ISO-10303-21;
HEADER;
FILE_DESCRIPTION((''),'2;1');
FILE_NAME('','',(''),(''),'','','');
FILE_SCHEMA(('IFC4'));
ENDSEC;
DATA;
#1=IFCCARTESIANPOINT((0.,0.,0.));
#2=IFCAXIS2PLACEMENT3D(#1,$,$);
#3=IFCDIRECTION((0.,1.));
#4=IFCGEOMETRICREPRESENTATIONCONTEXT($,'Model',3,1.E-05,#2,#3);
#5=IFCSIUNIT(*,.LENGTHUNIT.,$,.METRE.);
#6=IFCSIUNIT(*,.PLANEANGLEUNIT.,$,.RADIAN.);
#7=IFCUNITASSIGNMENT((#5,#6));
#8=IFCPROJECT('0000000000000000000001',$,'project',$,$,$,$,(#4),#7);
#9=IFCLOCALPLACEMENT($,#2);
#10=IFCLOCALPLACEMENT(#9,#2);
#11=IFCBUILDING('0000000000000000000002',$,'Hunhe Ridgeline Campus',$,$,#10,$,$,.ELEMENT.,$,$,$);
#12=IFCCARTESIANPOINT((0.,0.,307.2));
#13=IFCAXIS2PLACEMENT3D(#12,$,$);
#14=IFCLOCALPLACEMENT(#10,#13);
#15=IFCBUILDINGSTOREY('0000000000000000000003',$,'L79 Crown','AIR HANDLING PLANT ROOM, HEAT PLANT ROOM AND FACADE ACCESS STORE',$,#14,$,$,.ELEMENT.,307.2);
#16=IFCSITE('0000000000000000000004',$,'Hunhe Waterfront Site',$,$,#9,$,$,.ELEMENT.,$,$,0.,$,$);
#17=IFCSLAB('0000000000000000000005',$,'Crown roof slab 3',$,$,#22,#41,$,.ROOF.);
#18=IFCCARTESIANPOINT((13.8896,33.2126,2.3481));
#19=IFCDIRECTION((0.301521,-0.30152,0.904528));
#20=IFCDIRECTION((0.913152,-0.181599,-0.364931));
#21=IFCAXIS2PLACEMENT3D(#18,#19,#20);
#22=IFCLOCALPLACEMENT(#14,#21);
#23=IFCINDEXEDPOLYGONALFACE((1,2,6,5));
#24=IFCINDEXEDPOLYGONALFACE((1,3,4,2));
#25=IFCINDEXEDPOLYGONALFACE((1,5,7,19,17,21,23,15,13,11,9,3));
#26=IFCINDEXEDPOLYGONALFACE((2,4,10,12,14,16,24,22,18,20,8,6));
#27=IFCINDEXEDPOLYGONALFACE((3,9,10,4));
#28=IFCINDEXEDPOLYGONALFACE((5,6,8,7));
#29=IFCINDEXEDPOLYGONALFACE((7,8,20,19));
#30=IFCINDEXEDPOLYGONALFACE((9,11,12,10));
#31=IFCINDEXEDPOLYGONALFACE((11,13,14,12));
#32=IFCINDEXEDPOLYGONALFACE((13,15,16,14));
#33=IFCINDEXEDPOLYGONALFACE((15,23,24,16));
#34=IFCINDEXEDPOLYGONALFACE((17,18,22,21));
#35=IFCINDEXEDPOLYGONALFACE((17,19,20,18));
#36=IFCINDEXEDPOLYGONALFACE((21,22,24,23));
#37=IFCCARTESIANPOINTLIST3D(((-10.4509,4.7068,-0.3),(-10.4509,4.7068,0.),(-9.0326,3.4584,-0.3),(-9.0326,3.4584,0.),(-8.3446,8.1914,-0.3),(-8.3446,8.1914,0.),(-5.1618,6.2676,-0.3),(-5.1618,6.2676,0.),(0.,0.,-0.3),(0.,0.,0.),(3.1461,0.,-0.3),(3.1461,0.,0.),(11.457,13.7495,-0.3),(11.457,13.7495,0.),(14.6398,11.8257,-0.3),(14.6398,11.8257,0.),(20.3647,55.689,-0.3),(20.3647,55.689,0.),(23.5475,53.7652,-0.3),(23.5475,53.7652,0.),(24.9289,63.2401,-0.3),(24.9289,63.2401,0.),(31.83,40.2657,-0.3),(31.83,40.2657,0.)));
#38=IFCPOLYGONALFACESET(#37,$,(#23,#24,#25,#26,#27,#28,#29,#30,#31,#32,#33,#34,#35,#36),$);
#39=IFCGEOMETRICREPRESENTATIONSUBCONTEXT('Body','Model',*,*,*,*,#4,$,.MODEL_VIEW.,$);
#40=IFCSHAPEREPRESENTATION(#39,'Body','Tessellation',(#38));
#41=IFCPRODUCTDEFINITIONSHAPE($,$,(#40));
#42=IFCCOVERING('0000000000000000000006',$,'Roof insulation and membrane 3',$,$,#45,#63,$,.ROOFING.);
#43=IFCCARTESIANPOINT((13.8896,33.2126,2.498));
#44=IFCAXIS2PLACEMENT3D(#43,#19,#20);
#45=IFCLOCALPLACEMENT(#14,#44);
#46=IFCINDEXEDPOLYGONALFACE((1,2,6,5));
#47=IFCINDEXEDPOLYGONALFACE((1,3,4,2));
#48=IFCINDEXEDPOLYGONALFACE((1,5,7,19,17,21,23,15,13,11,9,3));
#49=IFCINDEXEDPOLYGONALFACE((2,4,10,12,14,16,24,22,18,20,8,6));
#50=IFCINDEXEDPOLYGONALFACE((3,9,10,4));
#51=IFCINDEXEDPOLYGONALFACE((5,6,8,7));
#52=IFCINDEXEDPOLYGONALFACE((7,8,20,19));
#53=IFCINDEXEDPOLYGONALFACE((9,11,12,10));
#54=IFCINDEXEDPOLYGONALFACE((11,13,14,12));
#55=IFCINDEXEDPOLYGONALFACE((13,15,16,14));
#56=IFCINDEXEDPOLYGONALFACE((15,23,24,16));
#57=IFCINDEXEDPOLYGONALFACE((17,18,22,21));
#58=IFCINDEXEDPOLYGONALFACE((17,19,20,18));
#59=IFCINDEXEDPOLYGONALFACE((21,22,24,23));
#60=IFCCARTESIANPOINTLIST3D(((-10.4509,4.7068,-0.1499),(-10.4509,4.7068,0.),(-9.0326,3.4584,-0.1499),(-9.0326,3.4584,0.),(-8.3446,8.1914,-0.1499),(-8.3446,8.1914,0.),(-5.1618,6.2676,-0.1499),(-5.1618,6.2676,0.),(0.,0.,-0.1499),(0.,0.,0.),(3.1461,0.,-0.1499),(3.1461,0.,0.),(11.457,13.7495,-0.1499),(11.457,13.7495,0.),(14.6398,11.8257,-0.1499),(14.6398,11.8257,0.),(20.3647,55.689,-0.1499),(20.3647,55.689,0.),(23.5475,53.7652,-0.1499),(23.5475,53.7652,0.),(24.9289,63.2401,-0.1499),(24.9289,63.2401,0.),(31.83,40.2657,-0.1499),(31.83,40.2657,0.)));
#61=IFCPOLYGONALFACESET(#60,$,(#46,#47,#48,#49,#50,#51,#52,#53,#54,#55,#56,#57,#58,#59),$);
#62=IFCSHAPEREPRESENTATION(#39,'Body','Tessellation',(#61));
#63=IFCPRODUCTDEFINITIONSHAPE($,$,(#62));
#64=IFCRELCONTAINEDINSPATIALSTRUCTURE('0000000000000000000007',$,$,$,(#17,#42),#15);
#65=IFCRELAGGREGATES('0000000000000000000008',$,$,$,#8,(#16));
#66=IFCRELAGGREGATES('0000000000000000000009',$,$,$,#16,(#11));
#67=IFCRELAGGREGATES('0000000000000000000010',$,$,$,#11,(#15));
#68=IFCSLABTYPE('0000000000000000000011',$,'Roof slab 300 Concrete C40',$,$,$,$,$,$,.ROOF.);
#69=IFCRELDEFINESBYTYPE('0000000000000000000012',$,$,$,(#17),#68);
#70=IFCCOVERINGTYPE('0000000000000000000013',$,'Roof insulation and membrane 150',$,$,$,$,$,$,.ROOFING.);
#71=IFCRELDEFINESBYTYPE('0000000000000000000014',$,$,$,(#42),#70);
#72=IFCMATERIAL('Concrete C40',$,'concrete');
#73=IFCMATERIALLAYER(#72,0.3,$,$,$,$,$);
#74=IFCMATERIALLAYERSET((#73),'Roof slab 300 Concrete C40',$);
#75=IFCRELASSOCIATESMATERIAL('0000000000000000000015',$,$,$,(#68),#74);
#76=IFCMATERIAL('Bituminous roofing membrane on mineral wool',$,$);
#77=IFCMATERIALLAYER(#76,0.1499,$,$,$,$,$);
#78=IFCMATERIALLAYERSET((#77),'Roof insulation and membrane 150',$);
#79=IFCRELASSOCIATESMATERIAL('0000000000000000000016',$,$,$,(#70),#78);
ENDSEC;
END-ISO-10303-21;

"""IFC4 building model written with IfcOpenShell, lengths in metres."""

from ifc_helpers import new_model, si_unit, direction, frame, origin, place, context, subcontext, project, spatial, polyline, outline, extrude, material, layer, layer_set, type_object, element, save


model = new_model("IFC4")

# Units and contexts
model_context = context("Model", 3, precision=1e-05, world=origin(), true_north=direction((0.0, 1.0)))
body_context = subcontext(model_context, "Body", "Model", "MODEL_VIEW")
ifc_project = project(units=[si_unit("LENGTHUNIT", "METRE"), si_unit("PLANEANGLEUNIT", "RADIAN")], contexts=[model_context])

# Site, building, storey
site_placement = place(None, origin())
site = spatial("IfcSite", under=ifc_project, at=site_placement, Name="Hunhe Waterfront Site", CompositionType="ELEMENT", RefElevation=0.0)
building_placement = place(site_placement, origin())
building = spatial("IfcBuilding", under=site, at=building_placement, Name="Hunhe Ridgeline Campus", CompositionType="ELEMENT")
storey_placement = place(building_placement, frame((0.0, 0.0, 307.2)))
storey = spatial("IfcBuildingStorey", under=building, at=storey_placement, Name="L79 Crown", Description="AIR HANDLING PLANT ROOM, HEAT PLANT ROOM AND FACADE ACCESS STORE", CompositionType="ELEMENT", Elevation=307.2)

# Slab
ifc_material_1 = material(Name="Concrete C40", Category="concrete")
ifc_layer_1 = layer(ifc_material_1, 0.3)
ifc_layer_set_1 = layer_set([ifc_layer_1], Name="Roof slab 300 Concrete C40")
slab_type_1 = type_object("IfcSlabType", Name="Roof slab 300 Concrete C40", PredefinedType="ROOF", material=ifc_layer_set_1)
slab_1_placement = place(storey_placement, frame((13.8896, 33.2126, 2.3481), z_axis=(0.301521, -0.30152, 0.904528), x_axis=(0.913152, -0.181599, -0.364931)))
element("IfcSlab", 1, at=slab_1_placement, inside=storey, type_object=slab_type_1, Name="Crown roof slab 3", PredefinedType="ROOF", context=body_context, shape_type="SweptSolid", body=[
    extrude(outline(polyline([(0.0, 0.0), (3.1461, 0.0), (11.457, 13.7495), (14.6398, 11.8257), (31.83, 40.2657), (24.9289, 63.2401), (20.3647, 55.689), (23.5475, 53.7652), (-5.1618, 6.2676), (-8.3446, 8.1914), (-10.4509, 4.7068), (-9.0326, 3.4584), (0.0, 0.0)])), origin(), (0.0, 0.0, -1.0), 0.3),
])

# Covering
ifc_material_2 = material(Name="Bituminous roofing membrane on mineral wool")
ifc_layer_2 = layer(ifc_material_2, 0.1499)
ifc_layer_set_2 = layer_set([ifc_layer_2], Name="Roof insulation and membrane 150")
covering_type = type_object("IfcCoveringType", Name="Roof insulation and membrane 150", PredefinedType="ROOFING", material=ifc_layer_set_2)
covering_1_placement = place(storey_placement, frame((13.8896, 33.2126, 2.498), z_axis=(0.301521, -0.30152, 0.904528), x_axis=(0.913152, -0.181599, -0.364931)))
element("IfcCovering", 2, at=covering_1_placement, inside=storey, type_object=covering_type, Name="Roof insulation and membrane 3", PredefinedType="ROOFING", context=body_context, shape_type="SweptSolid", body=[
    extrude(outline(polyline([(0.0, 0.0), (3.1461, 0.0), (11.457, 13.7495), (14.6398, 11.8257), (31.83, 40.2657), (24.9289, 63.2401), (20.3647, 55.689), (23.5475, 53.7652), (-5.1618, 6.2676), (-8.3446, 8.1914), (-10.4509, 4.7068), (-9.0326, 3.4584), (0.0, 0.0)])), origin(), (0.0, 0.0, -1.0), 0.1499),
])

save(model, "model.ifc")
